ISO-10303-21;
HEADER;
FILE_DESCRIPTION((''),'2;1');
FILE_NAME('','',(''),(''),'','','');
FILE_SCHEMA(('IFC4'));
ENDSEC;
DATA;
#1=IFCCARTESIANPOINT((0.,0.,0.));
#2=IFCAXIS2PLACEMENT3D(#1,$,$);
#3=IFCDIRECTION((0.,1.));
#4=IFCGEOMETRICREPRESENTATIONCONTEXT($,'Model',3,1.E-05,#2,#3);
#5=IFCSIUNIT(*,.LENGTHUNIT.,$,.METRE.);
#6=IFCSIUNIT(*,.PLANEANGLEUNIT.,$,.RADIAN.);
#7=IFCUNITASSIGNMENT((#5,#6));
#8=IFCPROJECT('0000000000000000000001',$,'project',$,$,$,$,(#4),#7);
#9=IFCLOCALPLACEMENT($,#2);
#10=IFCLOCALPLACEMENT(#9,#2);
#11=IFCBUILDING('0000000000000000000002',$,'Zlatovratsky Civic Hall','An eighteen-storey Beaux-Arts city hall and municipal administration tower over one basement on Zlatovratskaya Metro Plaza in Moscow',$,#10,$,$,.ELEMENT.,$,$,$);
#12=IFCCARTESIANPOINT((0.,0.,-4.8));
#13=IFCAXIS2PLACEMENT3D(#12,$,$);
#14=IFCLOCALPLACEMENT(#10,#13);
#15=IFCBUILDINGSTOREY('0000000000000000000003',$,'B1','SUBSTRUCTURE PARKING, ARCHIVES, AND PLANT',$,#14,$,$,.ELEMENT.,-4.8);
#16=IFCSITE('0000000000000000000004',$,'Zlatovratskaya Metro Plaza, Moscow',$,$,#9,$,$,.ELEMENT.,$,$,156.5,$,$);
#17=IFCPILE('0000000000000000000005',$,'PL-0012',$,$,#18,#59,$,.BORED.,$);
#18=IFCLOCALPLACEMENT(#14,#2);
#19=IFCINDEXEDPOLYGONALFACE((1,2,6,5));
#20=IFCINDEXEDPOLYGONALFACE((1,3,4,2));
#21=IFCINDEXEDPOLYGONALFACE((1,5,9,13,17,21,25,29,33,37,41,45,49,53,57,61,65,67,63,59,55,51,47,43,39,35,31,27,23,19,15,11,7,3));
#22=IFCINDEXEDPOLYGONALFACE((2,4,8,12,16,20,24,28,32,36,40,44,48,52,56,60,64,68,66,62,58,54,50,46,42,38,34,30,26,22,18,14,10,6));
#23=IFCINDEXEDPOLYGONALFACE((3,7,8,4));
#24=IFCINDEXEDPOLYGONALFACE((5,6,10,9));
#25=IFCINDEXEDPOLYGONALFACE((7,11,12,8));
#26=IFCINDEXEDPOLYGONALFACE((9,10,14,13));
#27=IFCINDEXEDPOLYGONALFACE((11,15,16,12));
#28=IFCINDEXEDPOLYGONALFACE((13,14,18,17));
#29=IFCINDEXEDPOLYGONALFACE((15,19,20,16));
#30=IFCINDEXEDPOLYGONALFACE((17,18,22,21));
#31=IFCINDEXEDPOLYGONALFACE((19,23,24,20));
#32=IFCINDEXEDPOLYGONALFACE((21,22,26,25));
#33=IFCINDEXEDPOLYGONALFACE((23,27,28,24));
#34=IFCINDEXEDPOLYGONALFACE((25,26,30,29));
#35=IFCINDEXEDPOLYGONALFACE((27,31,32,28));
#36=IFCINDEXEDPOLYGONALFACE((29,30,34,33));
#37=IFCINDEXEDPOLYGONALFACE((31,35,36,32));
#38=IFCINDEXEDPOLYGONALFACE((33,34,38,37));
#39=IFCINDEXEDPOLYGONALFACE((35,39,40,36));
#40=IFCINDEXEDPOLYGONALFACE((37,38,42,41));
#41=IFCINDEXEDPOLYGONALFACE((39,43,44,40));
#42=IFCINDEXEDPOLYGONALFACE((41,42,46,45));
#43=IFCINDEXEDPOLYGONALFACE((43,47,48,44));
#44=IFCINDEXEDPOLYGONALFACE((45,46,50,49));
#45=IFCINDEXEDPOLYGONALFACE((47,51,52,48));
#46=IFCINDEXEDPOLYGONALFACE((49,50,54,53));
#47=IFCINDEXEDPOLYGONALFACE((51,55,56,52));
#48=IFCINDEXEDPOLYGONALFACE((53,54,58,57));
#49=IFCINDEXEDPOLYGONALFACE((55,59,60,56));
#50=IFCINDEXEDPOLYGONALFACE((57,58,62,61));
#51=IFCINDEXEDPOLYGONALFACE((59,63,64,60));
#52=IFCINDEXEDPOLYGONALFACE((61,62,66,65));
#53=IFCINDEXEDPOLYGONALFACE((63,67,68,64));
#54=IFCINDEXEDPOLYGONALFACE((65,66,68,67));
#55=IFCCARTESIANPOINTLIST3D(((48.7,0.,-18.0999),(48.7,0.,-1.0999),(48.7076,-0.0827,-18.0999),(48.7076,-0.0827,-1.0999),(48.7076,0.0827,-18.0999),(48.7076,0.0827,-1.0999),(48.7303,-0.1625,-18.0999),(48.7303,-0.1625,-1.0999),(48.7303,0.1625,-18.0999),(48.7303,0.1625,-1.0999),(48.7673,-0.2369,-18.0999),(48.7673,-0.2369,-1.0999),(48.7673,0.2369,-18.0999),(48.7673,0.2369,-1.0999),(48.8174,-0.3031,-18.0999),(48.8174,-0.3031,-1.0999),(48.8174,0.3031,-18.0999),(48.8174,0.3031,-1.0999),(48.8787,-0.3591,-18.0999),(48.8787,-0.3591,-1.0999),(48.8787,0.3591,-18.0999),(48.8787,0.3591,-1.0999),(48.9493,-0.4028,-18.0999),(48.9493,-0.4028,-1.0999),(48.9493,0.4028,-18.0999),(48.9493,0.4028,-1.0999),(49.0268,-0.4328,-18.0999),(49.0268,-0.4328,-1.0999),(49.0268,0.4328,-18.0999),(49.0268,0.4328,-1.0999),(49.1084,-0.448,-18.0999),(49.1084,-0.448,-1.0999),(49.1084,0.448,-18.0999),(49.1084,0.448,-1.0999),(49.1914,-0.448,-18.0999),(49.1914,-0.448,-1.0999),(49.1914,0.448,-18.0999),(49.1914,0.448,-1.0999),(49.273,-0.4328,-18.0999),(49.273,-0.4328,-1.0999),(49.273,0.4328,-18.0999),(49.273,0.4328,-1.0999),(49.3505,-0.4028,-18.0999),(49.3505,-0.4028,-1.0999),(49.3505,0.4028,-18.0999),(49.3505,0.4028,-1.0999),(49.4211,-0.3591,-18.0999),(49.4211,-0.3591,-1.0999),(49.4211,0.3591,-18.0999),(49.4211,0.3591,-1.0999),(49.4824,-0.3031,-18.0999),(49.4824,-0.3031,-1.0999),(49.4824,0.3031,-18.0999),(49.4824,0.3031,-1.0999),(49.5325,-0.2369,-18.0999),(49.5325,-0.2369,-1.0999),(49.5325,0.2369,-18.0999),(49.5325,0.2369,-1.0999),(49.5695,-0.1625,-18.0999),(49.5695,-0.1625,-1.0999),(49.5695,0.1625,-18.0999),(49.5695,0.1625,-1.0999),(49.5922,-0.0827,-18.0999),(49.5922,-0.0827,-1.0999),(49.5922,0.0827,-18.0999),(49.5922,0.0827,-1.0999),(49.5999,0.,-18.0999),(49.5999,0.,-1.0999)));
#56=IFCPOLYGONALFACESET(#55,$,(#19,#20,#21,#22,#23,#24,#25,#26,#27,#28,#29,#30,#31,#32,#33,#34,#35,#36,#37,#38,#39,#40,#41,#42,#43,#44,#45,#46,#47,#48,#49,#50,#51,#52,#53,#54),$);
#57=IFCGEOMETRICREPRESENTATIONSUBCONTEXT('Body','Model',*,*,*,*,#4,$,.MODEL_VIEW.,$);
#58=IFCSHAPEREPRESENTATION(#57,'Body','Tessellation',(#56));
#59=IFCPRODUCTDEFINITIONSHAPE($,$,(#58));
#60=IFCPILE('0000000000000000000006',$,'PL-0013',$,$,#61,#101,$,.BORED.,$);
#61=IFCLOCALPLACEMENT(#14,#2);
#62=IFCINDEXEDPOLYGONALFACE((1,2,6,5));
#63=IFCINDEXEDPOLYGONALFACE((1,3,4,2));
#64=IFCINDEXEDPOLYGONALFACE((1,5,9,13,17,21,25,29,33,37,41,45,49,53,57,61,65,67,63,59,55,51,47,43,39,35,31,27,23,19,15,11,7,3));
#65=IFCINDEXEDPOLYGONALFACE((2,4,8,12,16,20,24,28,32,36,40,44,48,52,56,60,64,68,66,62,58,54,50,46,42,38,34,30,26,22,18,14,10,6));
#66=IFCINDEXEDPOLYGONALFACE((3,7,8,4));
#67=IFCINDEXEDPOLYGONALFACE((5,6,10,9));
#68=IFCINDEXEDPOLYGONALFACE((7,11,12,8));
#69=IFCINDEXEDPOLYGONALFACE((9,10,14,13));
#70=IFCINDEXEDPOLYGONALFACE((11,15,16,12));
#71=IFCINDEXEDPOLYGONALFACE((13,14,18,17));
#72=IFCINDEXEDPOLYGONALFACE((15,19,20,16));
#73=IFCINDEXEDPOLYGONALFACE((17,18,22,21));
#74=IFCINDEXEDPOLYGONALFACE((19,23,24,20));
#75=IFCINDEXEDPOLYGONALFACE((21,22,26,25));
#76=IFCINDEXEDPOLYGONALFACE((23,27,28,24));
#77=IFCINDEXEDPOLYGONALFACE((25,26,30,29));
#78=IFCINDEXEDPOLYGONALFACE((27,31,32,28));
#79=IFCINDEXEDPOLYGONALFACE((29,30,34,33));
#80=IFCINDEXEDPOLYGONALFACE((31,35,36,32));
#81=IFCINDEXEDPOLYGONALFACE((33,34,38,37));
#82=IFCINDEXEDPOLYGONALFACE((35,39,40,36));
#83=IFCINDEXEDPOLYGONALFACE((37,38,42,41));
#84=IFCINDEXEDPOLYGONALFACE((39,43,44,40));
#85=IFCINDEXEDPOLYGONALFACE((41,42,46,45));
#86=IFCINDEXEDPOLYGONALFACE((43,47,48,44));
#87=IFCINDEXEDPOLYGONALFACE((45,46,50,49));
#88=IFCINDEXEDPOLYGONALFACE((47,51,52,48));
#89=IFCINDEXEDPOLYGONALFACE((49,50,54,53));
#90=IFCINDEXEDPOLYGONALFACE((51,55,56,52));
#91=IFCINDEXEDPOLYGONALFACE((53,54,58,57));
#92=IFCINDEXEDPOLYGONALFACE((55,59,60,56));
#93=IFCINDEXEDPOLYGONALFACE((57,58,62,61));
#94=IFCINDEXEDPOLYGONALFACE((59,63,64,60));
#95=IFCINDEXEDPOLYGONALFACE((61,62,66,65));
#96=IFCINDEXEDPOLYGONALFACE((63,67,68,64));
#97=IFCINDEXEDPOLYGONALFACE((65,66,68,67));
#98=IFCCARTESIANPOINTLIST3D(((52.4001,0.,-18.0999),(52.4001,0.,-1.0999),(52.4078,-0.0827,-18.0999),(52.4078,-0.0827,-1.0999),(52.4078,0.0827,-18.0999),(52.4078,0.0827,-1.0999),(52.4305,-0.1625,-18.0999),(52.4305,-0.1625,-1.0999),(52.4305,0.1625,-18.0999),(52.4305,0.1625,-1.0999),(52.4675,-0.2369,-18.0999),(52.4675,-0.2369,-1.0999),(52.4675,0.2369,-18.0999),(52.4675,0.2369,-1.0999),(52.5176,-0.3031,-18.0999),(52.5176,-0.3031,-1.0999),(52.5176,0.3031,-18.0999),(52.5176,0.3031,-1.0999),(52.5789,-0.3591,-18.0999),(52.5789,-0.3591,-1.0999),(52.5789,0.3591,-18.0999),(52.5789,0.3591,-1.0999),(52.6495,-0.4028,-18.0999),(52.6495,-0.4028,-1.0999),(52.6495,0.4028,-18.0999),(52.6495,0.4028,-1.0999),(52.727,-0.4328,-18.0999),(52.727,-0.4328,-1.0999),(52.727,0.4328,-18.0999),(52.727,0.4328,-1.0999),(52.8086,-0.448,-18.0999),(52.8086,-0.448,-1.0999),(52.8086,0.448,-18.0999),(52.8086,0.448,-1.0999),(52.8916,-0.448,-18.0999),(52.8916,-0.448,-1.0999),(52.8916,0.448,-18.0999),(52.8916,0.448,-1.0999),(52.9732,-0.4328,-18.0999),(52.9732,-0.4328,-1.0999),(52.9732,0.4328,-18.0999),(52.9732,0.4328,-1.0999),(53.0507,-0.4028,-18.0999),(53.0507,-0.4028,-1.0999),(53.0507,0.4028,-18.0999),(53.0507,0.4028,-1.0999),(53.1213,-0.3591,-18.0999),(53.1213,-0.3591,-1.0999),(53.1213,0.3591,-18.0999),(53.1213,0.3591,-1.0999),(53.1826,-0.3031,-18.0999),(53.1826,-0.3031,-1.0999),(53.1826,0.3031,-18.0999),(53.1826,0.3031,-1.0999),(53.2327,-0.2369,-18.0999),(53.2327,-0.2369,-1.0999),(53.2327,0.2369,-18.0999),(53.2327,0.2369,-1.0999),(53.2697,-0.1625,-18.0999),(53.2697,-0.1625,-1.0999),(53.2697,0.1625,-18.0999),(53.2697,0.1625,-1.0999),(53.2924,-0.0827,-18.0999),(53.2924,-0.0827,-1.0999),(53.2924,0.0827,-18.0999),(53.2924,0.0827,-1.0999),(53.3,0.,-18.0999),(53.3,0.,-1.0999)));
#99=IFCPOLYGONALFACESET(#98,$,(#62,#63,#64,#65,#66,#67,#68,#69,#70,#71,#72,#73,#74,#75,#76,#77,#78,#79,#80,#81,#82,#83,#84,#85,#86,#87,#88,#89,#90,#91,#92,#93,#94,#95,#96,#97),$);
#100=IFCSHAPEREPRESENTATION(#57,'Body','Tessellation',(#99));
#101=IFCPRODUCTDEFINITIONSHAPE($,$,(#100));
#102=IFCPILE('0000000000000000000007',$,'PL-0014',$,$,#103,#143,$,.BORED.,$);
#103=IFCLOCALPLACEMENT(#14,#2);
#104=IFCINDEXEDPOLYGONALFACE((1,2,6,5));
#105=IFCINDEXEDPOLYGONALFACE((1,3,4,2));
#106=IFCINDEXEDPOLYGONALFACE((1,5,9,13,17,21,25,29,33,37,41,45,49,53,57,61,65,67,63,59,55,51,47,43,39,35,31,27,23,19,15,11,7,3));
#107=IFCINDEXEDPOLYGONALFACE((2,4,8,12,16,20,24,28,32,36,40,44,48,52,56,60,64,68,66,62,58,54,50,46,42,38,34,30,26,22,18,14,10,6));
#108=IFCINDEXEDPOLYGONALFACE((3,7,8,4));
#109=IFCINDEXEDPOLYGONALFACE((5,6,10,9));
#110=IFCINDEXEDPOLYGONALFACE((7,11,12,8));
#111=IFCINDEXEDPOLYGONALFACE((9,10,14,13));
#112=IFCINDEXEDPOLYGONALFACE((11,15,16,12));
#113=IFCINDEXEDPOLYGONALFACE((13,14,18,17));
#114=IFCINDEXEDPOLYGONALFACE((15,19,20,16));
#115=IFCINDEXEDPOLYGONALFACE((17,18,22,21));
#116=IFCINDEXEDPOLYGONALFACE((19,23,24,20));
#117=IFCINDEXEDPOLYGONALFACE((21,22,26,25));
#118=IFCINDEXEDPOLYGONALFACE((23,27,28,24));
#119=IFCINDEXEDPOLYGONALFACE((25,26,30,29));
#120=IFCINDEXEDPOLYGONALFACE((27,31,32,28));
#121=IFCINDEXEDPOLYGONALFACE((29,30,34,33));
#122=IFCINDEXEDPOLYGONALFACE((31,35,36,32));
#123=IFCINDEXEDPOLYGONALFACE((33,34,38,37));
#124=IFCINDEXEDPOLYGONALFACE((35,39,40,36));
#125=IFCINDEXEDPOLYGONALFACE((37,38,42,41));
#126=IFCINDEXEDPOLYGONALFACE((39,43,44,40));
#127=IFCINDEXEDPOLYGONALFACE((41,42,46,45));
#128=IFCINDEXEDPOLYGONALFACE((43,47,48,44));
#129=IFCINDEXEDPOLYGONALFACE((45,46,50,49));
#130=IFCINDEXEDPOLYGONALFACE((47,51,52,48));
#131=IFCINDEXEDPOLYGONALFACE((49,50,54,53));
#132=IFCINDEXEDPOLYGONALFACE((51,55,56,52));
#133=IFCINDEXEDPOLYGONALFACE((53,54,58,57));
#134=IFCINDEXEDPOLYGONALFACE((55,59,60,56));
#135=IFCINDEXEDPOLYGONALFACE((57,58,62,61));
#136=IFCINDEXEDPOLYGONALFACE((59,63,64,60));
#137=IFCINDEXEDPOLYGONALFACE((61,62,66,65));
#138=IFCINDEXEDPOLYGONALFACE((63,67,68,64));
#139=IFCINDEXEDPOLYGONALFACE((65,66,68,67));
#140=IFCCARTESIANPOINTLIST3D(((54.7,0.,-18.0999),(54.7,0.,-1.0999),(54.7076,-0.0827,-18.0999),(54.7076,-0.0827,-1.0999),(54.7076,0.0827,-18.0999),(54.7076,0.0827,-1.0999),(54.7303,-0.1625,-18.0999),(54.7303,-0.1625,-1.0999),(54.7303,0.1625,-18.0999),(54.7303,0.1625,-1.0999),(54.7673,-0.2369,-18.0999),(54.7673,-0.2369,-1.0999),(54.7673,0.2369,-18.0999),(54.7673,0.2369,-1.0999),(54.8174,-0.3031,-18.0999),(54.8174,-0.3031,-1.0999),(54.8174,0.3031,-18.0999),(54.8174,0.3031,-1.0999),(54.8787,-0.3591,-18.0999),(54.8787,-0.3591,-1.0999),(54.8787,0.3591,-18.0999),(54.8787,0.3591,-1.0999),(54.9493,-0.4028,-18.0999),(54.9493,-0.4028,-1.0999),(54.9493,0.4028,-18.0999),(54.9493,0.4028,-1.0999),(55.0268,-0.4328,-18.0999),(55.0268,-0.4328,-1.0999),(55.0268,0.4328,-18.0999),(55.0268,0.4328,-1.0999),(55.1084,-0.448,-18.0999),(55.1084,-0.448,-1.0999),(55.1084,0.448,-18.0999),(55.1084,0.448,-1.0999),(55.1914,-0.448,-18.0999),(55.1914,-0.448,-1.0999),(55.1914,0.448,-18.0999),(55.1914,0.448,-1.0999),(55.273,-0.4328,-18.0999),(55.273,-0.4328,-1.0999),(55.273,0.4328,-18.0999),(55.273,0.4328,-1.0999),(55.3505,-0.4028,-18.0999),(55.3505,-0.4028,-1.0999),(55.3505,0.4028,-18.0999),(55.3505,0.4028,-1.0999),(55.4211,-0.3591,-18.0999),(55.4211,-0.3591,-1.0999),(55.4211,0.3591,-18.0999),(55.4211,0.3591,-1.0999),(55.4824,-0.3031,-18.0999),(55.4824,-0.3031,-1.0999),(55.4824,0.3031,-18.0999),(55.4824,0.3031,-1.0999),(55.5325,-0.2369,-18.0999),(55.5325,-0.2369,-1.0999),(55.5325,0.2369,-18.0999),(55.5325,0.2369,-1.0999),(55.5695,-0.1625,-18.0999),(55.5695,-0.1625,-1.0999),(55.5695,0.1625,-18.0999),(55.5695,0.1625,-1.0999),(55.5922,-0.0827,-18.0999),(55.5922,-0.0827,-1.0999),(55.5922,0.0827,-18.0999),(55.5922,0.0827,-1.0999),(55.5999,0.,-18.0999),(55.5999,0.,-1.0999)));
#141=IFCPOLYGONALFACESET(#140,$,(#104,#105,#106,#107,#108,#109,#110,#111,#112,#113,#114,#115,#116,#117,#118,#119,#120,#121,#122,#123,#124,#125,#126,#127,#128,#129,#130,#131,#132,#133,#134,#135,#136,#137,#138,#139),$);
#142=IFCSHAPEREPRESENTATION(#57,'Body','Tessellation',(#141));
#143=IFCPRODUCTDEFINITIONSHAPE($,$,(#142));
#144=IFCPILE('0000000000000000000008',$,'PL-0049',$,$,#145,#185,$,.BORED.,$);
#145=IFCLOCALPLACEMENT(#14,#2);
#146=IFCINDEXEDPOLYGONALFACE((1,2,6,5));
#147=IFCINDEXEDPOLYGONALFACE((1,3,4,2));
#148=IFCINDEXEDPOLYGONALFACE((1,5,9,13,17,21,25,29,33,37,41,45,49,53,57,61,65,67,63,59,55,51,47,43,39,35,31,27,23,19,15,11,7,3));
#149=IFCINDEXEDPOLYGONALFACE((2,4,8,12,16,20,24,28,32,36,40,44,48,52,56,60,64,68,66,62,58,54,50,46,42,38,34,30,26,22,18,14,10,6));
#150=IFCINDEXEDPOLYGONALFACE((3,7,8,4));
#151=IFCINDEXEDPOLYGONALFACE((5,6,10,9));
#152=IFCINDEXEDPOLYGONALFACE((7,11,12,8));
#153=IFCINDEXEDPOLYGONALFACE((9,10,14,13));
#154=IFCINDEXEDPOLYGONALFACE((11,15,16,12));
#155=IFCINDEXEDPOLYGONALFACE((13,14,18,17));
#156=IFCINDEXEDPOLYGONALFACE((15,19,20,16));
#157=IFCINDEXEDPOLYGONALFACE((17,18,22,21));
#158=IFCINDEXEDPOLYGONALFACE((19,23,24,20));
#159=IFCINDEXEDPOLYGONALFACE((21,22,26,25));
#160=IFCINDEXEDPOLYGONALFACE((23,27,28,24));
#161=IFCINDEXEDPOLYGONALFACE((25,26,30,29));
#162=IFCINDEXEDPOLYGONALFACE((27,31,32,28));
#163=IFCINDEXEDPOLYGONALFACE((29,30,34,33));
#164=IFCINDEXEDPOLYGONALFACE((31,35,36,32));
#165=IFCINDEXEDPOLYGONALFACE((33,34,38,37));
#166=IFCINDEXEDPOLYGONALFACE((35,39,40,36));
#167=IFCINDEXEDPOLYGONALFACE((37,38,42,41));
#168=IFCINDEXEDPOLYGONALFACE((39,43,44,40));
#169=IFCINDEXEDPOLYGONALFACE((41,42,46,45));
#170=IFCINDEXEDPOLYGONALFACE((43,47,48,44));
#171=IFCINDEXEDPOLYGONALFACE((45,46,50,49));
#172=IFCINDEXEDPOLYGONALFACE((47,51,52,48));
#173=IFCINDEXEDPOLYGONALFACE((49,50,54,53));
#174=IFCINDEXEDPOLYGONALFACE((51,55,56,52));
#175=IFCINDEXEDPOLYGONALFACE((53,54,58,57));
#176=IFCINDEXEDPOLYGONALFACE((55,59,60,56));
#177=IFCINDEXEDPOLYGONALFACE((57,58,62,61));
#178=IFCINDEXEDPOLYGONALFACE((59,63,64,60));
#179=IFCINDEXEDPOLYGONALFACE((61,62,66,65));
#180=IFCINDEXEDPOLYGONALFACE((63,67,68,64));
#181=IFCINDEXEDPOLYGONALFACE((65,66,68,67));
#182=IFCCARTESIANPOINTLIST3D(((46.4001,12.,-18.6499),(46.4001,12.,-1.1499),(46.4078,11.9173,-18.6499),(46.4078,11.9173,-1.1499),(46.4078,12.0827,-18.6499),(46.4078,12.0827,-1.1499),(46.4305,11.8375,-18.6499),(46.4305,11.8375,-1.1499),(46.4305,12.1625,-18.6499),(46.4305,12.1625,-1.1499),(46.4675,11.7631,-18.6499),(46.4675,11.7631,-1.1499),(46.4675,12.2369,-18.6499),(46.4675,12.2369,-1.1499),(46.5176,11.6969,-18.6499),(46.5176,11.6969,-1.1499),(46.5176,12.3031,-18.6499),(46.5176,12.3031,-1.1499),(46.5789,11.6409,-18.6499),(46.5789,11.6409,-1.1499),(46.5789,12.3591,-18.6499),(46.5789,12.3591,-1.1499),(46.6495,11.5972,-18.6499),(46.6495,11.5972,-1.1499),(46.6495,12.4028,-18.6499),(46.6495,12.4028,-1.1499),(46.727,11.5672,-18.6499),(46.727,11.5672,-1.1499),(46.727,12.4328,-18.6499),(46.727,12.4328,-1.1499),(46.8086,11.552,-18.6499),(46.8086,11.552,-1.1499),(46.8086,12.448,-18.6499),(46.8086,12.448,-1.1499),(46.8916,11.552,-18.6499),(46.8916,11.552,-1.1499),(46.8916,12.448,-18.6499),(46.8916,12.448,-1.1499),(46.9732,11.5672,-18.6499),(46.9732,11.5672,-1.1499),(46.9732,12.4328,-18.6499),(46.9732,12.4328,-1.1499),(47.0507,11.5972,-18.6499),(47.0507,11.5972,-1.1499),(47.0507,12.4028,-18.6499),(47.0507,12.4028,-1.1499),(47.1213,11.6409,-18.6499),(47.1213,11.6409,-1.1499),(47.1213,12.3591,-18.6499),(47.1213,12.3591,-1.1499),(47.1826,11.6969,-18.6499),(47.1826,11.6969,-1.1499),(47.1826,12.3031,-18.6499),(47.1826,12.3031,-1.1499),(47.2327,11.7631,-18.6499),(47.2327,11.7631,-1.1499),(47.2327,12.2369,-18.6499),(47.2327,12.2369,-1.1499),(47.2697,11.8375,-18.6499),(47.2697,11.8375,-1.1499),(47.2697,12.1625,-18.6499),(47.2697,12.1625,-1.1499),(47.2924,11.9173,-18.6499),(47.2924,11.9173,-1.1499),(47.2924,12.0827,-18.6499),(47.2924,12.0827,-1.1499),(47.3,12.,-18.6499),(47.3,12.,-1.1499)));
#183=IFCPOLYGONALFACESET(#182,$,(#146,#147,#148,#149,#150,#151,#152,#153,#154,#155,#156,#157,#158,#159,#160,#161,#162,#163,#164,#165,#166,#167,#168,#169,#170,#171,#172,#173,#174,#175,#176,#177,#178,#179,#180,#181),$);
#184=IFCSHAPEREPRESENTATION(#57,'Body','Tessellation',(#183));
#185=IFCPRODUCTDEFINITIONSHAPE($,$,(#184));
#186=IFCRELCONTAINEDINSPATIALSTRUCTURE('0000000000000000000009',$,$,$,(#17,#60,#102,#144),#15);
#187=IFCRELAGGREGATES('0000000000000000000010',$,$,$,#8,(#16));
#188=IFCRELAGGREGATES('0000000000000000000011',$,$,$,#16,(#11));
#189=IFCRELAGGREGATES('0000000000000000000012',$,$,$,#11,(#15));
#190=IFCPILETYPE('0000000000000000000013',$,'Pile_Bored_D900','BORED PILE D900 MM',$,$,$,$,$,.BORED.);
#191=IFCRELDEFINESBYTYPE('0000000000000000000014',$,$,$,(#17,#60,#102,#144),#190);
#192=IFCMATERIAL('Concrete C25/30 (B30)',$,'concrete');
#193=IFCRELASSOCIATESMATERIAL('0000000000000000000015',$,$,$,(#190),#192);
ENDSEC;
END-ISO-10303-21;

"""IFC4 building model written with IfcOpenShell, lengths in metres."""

from ifc_helpers import new_model, si_unit, direction, frame, origin, origin_2d, place, context, subcontext, project, spatial, circle, extrude, material, material_profile, profile_set, type_object, element, save


model = new_model("IFC4")

# Units and contexts
model_context = context("Model", 3, precision=1e-05, world=origin(), true_north=direction((0.0, 1.0)))
body_context = subcontext(model_context, "Body", "Model", "MODEL_VIEW")
ifc_project = project(units=[si_unit("LENGTHUNIT", "METRE"), si_unit("PLANEANGLEUNIT", "RADIAN")], contexts=[model_context])

# Site, building, storey
site_placement = place(None, origin())
site = spatial("IfcSite", under=ifc_project, at=site_placement, Name="Zlatovratskaya Metro Plaza, Moscow", CompositionType="ELEMENT", RefElevation=156.5)
building_placement = place(site_placement, origin())
building = spatial("IfcBuilding", under=site, at=building_placement, Name="Zlatovratsky Civic Hall", Description="An eighteen-storey Beaux-Arts city hall and municipal administration tower over one basement on Zlatovratskaya Metro Plaza in Moscow", CompositionType="ELEMENT")
storey_placement = place(building_placement, frame((0.0, 0.0, -4.8)))
storey = spatial("IfcBuildingStorey", under=building, at=storey_placement, Name="B1", Description="SUBSTRUCTURE PARKING, ARCHIVES, AND PLANT", CompositionType="ELEMENT", Elevation=-4.8)

# Shared definitions
ifc_material_1 = material(Name="Concrete C25/30 (B30)", Category="concrete")

# Piles
ifc_material_profile_1 = material_profile(ifc_material_1, circle(Radius=0.45, at=origin_2d()), Name="PILE D900")
ifc_profile_set_1 = profile_set([ifc_material_profile_1], Name="Concrete C25/30 (B30)")
pile_type_1 = type_object("IfcPileType", Name="Pile_Bored_D900", Description="BORED PILE D900 MM", PredefinedType="BORED", material=ifc_profile_set_1)
for number, where, z_axis, x_axis, name in (
    (1, (49.1499, 0.0, -1.0999), (0.0, 0.0, -1.0), (1.0, 0.0, 0.0), "PL-0012"),
    (2, (52.8501, 0.0, -1.0999), (0.0, 0.0, -1.0), (1.0, 0.0, 0.0), "PL-0013"),
    (3, (55.1499, 0.0, -1.0999), (0.0, 0.0, -1.0), (1.0, 0.0, 0.0), "PL-0014"),
):
    element("IfcPile", number, at=place(storey_placement, frame(where, z_axis=z_axis, x_axis=x_axis)), inside=storey, type_object=pile_type_1, Name=name, PredefinedType="BORED", context=body_context, shape_type="SweptSolid", body=[
        extrude(circle(Radius=0.45, at=origin_2d()), origin(), (0.0, 0.0, 1.0), 17.0),
    ])
for number, where, z_axis, x_axis, name in (
    (4, (46.8501, 12.0, -1.1499), (0.0, 0.0, -1.0), (1.0, 0.0, 0.0), "PL-0049"),
):
    element("IfcPile", number, at=place(storey_placement, frame(where, z_axis=z_axis, x_axis=x_axis)), inside=storey, type_object=pile_type_1, Name=name, PredefinedType="BORED", context=body_context, shape_type="SweptSolid", body=[
        extrude(circle(Radius=0.45, at=origin_2d()), origin(), (0.0, 0.0, 1.0), 17.5),
    ])

save(model, "model.ifc")
